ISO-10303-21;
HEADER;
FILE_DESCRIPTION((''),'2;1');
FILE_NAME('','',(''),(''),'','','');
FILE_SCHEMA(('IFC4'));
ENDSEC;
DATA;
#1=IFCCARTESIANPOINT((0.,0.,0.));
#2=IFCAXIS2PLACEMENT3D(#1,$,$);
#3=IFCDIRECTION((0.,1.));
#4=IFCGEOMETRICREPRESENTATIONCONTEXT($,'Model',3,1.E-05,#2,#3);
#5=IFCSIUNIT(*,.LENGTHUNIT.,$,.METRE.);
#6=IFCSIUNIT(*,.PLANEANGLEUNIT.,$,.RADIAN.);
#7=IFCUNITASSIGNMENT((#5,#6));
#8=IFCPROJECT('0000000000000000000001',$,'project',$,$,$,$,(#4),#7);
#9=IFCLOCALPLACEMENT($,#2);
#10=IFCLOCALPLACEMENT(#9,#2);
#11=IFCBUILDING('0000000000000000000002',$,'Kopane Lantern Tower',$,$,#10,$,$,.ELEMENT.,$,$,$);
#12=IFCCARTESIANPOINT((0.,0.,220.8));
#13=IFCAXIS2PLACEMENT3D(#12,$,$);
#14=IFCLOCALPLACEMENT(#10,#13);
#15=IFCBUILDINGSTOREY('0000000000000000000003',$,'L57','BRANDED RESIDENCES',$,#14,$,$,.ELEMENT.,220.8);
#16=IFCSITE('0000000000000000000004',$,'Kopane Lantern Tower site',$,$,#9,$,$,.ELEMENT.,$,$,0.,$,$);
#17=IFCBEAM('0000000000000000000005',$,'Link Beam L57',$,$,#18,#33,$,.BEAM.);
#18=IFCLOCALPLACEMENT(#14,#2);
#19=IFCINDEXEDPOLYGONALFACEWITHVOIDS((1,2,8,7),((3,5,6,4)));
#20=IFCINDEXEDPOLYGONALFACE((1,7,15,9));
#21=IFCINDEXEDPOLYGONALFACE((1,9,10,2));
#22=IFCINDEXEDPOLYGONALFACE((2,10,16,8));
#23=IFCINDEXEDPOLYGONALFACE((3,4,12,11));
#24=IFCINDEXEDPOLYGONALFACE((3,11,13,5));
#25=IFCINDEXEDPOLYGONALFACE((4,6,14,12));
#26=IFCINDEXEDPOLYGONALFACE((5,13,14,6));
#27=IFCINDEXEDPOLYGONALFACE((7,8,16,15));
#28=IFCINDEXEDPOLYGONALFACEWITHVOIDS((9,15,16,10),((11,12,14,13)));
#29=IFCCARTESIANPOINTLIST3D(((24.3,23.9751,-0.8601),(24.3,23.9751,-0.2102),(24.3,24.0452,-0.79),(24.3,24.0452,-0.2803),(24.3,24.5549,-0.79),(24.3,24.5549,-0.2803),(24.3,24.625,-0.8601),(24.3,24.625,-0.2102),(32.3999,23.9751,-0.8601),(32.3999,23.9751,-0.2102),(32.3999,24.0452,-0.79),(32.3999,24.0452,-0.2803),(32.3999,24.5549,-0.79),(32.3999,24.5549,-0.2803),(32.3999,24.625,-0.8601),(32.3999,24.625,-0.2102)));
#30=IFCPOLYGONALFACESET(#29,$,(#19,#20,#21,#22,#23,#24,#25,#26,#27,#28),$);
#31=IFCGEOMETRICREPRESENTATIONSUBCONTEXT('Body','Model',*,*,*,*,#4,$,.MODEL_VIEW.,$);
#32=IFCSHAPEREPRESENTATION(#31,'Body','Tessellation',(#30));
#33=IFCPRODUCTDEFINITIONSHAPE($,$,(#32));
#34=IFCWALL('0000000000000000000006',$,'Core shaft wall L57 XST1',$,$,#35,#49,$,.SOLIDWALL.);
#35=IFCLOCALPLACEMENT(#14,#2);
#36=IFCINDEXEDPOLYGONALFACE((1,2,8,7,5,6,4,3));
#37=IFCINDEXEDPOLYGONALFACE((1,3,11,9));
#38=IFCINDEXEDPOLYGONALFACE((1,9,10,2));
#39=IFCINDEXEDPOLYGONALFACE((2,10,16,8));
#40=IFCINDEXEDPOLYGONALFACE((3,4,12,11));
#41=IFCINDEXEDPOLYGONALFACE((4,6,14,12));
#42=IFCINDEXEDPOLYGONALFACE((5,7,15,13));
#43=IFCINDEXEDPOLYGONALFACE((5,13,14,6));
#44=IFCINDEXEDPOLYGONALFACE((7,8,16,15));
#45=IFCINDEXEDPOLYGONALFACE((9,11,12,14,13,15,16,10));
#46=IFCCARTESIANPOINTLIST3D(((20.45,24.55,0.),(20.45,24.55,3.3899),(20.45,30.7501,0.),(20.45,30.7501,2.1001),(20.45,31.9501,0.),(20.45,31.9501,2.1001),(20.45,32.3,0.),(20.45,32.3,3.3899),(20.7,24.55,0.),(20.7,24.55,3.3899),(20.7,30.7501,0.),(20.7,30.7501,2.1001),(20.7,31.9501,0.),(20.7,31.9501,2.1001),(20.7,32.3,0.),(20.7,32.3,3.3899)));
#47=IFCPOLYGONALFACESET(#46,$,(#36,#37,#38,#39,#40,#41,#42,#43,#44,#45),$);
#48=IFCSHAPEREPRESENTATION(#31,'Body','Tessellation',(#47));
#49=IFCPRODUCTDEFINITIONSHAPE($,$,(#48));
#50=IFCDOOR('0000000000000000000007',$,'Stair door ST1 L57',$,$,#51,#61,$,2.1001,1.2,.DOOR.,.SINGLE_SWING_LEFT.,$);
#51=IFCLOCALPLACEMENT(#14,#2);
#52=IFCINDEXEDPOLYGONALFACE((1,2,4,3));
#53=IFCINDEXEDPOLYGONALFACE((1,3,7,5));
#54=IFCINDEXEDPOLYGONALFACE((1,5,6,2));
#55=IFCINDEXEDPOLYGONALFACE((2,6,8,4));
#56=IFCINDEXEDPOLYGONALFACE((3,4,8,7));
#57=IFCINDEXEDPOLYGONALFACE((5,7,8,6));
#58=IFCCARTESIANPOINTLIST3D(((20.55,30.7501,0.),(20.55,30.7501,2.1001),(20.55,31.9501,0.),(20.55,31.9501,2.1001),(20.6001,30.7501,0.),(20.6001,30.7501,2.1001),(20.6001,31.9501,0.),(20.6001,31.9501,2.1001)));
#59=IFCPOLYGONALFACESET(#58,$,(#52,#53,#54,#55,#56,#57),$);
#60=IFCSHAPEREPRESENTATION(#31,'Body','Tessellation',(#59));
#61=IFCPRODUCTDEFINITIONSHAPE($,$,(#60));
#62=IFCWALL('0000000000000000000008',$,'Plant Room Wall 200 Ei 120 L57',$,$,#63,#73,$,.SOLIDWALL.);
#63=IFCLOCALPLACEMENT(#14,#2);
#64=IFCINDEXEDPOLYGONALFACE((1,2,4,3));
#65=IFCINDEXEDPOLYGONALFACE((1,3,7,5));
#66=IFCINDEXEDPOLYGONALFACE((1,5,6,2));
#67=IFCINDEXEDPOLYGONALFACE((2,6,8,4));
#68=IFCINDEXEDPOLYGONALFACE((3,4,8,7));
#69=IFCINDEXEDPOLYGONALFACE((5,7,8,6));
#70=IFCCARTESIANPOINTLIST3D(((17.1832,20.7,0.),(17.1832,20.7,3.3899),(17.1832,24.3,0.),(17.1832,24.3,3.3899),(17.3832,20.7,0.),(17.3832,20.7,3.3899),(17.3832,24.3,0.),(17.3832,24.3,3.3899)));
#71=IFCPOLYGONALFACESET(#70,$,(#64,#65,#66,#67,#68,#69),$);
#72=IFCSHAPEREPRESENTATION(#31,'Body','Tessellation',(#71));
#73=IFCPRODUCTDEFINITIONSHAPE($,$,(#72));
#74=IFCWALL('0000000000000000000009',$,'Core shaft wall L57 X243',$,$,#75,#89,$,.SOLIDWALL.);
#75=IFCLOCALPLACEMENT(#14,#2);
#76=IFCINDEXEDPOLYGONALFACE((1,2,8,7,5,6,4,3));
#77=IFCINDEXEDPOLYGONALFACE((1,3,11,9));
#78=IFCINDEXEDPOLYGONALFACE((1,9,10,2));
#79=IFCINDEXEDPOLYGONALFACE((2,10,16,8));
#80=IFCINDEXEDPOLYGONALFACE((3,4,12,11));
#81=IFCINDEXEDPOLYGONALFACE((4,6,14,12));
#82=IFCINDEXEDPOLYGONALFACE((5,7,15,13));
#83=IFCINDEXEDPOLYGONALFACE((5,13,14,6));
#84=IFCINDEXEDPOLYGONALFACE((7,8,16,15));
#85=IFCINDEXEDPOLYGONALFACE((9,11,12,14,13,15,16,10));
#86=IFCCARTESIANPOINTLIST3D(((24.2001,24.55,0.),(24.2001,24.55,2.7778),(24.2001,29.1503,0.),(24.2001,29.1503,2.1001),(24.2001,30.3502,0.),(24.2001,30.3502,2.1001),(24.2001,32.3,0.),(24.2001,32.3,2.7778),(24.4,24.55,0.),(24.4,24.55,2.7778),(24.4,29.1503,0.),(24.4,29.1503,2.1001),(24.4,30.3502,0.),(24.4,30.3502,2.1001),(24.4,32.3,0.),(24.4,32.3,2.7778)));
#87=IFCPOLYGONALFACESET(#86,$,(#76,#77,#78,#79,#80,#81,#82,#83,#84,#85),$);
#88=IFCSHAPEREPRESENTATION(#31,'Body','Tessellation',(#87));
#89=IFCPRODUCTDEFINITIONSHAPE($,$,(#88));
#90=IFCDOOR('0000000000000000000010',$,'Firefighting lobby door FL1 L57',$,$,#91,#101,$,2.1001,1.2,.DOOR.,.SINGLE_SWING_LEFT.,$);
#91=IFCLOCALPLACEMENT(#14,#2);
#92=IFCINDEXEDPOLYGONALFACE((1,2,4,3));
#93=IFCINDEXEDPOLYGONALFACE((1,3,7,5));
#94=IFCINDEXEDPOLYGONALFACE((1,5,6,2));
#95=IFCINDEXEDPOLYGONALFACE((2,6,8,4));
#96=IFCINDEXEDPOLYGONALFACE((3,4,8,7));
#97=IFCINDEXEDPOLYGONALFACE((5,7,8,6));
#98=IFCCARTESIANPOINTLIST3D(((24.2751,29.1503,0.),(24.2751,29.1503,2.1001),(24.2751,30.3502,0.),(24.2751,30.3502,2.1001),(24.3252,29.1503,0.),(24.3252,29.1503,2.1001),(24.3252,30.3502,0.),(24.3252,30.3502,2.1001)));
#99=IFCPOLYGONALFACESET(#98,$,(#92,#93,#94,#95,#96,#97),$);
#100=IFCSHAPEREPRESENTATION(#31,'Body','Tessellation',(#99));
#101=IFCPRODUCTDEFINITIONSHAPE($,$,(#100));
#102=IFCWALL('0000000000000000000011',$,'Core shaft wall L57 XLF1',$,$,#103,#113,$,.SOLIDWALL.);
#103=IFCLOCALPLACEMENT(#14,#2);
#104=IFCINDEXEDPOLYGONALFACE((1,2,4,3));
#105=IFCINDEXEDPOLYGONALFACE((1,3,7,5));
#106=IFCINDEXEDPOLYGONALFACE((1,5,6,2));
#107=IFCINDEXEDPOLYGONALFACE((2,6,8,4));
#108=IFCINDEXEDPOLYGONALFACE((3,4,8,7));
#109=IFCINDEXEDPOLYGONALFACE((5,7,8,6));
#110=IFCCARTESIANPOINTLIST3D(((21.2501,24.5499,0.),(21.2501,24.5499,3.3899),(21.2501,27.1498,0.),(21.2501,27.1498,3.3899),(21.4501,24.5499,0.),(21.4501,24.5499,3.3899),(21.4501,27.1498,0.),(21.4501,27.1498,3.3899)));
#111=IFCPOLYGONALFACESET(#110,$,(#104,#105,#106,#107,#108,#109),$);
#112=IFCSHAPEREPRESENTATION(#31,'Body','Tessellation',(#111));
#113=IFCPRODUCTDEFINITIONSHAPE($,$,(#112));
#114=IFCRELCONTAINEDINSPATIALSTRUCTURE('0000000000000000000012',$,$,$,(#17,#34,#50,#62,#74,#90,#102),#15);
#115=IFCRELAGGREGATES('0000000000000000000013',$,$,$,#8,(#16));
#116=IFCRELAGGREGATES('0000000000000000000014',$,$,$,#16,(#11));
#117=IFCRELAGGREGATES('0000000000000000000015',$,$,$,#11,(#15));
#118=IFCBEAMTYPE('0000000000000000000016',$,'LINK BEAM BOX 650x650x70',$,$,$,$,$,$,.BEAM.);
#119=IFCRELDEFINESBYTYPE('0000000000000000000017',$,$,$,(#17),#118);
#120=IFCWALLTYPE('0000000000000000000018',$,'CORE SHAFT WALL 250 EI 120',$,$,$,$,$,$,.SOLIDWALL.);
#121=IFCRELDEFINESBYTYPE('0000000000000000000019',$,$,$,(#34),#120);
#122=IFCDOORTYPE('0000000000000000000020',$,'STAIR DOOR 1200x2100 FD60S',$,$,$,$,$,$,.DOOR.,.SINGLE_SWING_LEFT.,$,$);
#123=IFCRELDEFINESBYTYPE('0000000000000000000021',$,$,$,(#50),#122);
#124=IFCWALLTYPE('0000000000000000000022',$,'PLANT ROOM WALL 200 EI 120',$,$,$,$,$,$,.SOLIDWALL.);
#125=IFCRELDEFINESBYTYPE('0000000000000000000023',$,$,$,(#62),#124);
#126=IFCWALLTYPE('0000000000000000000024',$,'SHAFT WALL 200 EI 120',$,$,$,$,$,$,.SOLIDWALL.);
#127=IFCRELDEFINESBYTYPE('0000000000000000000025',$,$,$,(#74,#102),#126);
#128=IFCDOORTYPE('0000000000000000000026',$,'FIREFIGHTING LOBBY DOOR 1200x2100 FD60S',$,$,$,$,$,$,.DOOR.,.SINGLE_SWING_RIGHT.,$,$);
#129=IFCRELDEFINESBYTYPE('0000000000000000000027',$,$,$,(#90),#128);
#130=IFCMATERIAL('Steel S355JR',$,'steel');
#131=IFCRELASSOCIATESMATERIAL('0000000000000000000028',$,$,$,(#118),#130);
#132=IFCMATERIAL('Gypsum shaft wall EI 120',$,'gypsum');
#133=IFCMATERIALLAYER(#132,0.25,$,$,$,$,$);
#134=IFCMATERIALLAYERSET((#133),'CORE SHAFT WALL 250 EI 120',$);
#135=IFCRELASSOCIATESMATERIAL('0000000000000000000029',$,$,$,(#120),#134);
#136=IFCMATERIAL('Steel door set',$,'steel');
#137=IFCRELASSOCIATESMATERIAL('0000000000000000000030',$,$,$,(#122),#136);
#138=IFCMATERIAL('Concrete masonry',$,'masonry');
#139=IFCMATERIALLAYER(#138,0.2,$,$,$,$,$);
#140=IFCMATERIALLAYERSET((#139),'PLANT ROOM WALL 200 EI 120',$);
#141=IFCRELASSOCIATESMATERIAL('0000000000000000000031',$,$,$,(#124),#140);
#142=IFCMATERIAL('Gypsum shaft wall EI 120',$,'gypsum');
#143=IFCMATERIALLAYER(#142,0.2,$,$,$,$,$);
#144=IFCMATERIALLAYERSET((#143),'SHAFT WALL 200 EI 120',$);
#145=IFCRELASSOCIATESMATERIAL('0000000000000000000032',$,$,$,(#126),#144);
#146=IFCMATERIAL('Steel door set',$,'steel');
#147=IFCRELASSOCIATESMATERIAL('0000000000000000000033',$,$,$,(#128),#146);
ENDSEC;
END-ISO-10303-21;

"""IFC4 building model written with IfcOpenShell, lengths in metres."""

from ifc_helpers import new_model, si_unit, direction, frame, frame_2d, origin, origin_2d, place, context, subcontext, project, spatial, rectangle, hollow_rectangle, extrude, material, layer, layer_set, material_profile, profile_set, type_object, element, fill, save


model = new_model("IFC4")

# Units and contexts
model_context = context("Model", 3, precision=1e-05, world=origin(), true_north=direction((0.0, 1.0)))
body_context = subcontext(model_context, "Body", "Model", "MODEL_VIEW")
ifc_project = project(units=[si_unit("LENGTHUNIT", "METRE"), si_unit("PLANEANGLEUNIT", "RADIAN")], contexts=[model_context])

# Site, building, storey
site_placement = place(None, origin())
site = spatial("IfcSite", under=ifc_project, at=site_placement, Name="Kopane Lantern Tower site", CompositionType="ELEMENT", RefElevation=0.0)
building_placement = place(site_placement, origin())
building = spatial("IfcBuilding", under=site, at=building_placement, Name="Kopane Lantern Tower", CompositionType="ELEMENT")
storey_placement = place(building_placement, frame((0.0, 0.0, 220.8)))
storey = spatial("IfcBuildingStorey", under=building, at=storey_placement, Name="L57", Description="BRANDED RESIDENCES", CompositionType="ELEMENT", Elevation=220.8)

# Beam
ifc_material_1 = material(Name="Steel S355JR", Category="steel")
ifc_material_profile_1 = material_profile(ifc_material_1, hollow_rectangle(XDim=0.6499, YDim=0.6499, WallThickness=0.0701, at=origin_2d()), Name="BOX 650x650x70")
ifc_profile_set_1 = profile_set([ifc_material_profile_1], Name="Steel S355JR")
beam_type_1 = type_object("IfcBeamType", Name="LINK BEAM BOX 650x650x70", PredefinedType="BEAM", material=ifc_profile_set_1)
beam_1_placement = place(storey_placement, frame((24.3, 24.3, -0.5352), z_axis=(1.0, 0.0, 0.0), x_axis=(0.0, 1.0, 0.0)))
element("IfcBeam", 1, at=beam_1_placement, inside=storey, type_object=beam_type_1, Name="Link Beam L57", PredefinedType="BEAM", context=body_context, shape_type="SweptSolid", body=[
    extrude(hollow_rectangle(XDim=0.6499, YDim=0.6499, WallThickness=0.0701, at=origin_2d()), origin(), (0.0, 0.0, 1.0), 8.0999),
])

# Wall, opening, door
ifc_material_2 = material(Name="Gypsum shaft wall EI 120", Category="gypsum")
ifc_layer_1 = layer(ifc_material_2, 0.25)
ifc_layer_set_1 = layer_set([ifc_layer_1], Name="CORE SHAFT WALL 250 EI 120")
wall_type_1 = type_object("IfcWallType", Name="CORE SHAFT WALL 250 EI 120", PredefinedType="SOLIDWALL", material=ifc_layer_set_1)
wall_1_placement = place(storey_placement, frame((20.575, 24.55, 0.0), z_axis=(0.0, 0.0, 1.0), x_axis=(0.0, 1.0, 0.0)))
wall_1 = element("IfcWall", 2, at=wall_1_placement, inside=storey, type_object=wall_type_1, Name="Core shaft wall L57 XST1", PredefinedType="SOLIDWALL", context=body_context, shape_type="SweptSolid", body=[
    extrude(rectangle(XDim=7.75, YDim=0.25, at=frame_2d((3.875, 0.0))), origin(), (0.0, 0.0, 1.0), 3.3899),
])
opening_1_placement = place(wall_1_placement, frame((6.2, 0.0, 0.0)))
opening_1 = element("IfcOpeningElement", 3, at=opening_1_placement, cuts=wall_1, PredefinedType="OPENING", context=body_context, shape_type="SweptSolid", body=[
    extrude(rectangle(XDim=1.2, YDim=2.1001, at=frame_2d((0.6001, 1.05))), frame((0.0, 0.135, 0.0), z_axis=(0.0, -1.0, 0.0), x_axis=(1.0, 0.0, 0.0)), (0.0, 0.0, 1.0), 0.27),
])
ifc_material_3 = material(Name="Steel door set", Category="steel")
door_type_1 = type_object("IfcDoorType", Name="STAIR DOOR 1200x2100 FD60S", OperationType="SINGLE_SWING_LEFT", PredefinedType="DOOR", material=ifc_material_3)
door_1_placement = place(opening_1_placement, origin())
door_1 = element("IfcDoor", 4, at=door_1_placement, inside=storey, type_object=door_type_1, Name="Stair door ST1 L57", OperationType="SINGLE_SWING_LEFT", OverallHeight=2.1001, OverallWidth=1.2, PredefinedType="DOOR", context=body_context, shape_type="SweptSolid", body=[
    extrude(rectangle(XDim=1.2, YDim=2.1001, at=frame_2d((0.6001, 1.05))), frame((0.0, 0.0249, 0.0), z_axis=(0.0, -1.0, 0.0), x_axis=(1.0, 0.0, 0.0)), (0.0, 0.0, 1.0), 0.05),
])
fill(opening_1, door_1)

# Wall
ifc_material_4 = material(Name="Concrete masonry", Category="masonry")
ifc_layer_2 = layer(ifc_material_4, 0.2)
ifc_layer_set_2 = layer_set([ifc_layer_2], Name="PLANT ROOM WALL 200 EI 120")
wall_type_2 = type_object("IfcWallType", Name="PLANT ROOM WALL 200 EI 120", PredefinedType="SOLIDWALL", material=ifc_layer_set_2)
wall_2_placement = place(storey_placement, frame((17.2832, 20.7, 0.0), z_axis=(0.0, 0.0, 1.0), x_axis=(0.0, 1.0, 0.0)))
element("IfcWall", 5, at=wall_2_placement, inside=storey, type_object=wall_type_2, Name="Plant Room Wall 200 Ei 120 L57", PredefinedType="SOLIDWALL", context=body_context, shape_type="SweptSolid", body=[
    extrude(rectangle(XDim=3.6001, YDim=0.2, at=frame_2d((1.8, 0.0))), origin(), (0.0, 0.0, 1.0), 3.3899),
])

# Wall, opening, door
ifc_material_5 = material(Name="Gypsum shaft wall EI 120", Category="gypsum")
ifc_layer_3 = layer(ifc_material_5, 0.2)
ifc_layer_set_3 = layer_set([ifc_layer_3], Name="SHAFT WALL 200 EI 120")
wall_type_3 = type_object("IfcWallType", Name="SHAFT WALL 200 EI 120", PredefinedType="SOLIDWALL", material=ifc_layer_set_3)
wall_3_placement = place(storey_placement, frame((24.3, 24.55, 0.0), z_axis=(0.0, 0.0, 1.0), x_axis=(0.0, 1.0, 0.0)))
wall_3 = element("IfcWall", 6, at=wall_3_placement, inside=storey, type_object=wall_type_3, Name="Core shaft wall L57 X243", PredefinedType="SOLIDWALL", context=body_context, shape_type="SweptSolid", body=[
    extrude(rectangle(XDim=7.75, YDim=0.2, at=frame_2d((3.875, 0.0))), origin(), (0.0, 0.0, 1.0), 2.7778),
])
opening_2_placement = place(wall_3_placement, frame((4.6001, 0.0, 0.0)))
opening_2 = element("IfcOpeningElement", 7, at=opening_2_placement, cuts=wall_3, PredefinedType="OPENING", context=body_context, shape_type="SweptSolid", body=[
    extrude(rectangle(XDim=1.2, YDim=2.1001, at=frame_2d((0.6001, 1.05))), frame((0.0, 0.1099, 0.0), z_axis=(0.0, -1.0, 0.0), x_axis=(1.0, 0.0, 0.0)), (0.0, 0.0, 1.0), 0.22),
])
ifc_material_6 = material(Name="Steel door set", Category="steel")
door_type_2 = type_object("IfcDoorType", Name="FIREFIGHTING LOBBY DOOR 1200x2100 FD60S", OperationType="SINGLE_SWING_RIGHT", PredefinedType="DOOR", material=ifc_material_6)
door_2_placement = place(opening_2_placement, origin())
door_2 = element("IfcDoor", 8, at=door_2_placement, inside=storey, type_object=door_type_2, Name="Firefighting lobby door FL1 L57", OperationType="SINGLE_SWING_LEFT", OverallHeight=2.1001, OverallWidth=1.2, PredefinedType="DOOR", context=body_context, shape_type="SweptSolid", body=[
    extrude(rectangle(XDim=1.2, YDim=2.1001, at=frame_2d((0.6001, 1.05))), frame((0.0, 0.0249, 0.0), z_axis=(0.0, -1.0, 0.0), x_axis=(1.0, 0.0, 0.0)), (0.0, 0.0, 1.0), 0.05),
])
fill(opening_2, door_2)

# Wall
wall_4_placement = place(storey_placement, frame((21.3501, 24.55, 0.0), z_axis=(0.0, 0.0, 1.0), x_axis=(0.0, 1.0, 0.0)))
element("IfcWall", 9, at=wall_4_placement, inside=storey, type_object=wall_type_3, Name="Core shaft wall L57 XLF1", PredefinedType="SOLIDWALL", context=body_context, shape_type="SweptSolid", body=[
    extrude(rectangle(XDim=2.5999, YDim=0.2, at=frame_2d((1.2998, 0.0))), origin(), (0.0, 0.0, 1.0), 3.3899),
])

save(model, "model.ifc")
